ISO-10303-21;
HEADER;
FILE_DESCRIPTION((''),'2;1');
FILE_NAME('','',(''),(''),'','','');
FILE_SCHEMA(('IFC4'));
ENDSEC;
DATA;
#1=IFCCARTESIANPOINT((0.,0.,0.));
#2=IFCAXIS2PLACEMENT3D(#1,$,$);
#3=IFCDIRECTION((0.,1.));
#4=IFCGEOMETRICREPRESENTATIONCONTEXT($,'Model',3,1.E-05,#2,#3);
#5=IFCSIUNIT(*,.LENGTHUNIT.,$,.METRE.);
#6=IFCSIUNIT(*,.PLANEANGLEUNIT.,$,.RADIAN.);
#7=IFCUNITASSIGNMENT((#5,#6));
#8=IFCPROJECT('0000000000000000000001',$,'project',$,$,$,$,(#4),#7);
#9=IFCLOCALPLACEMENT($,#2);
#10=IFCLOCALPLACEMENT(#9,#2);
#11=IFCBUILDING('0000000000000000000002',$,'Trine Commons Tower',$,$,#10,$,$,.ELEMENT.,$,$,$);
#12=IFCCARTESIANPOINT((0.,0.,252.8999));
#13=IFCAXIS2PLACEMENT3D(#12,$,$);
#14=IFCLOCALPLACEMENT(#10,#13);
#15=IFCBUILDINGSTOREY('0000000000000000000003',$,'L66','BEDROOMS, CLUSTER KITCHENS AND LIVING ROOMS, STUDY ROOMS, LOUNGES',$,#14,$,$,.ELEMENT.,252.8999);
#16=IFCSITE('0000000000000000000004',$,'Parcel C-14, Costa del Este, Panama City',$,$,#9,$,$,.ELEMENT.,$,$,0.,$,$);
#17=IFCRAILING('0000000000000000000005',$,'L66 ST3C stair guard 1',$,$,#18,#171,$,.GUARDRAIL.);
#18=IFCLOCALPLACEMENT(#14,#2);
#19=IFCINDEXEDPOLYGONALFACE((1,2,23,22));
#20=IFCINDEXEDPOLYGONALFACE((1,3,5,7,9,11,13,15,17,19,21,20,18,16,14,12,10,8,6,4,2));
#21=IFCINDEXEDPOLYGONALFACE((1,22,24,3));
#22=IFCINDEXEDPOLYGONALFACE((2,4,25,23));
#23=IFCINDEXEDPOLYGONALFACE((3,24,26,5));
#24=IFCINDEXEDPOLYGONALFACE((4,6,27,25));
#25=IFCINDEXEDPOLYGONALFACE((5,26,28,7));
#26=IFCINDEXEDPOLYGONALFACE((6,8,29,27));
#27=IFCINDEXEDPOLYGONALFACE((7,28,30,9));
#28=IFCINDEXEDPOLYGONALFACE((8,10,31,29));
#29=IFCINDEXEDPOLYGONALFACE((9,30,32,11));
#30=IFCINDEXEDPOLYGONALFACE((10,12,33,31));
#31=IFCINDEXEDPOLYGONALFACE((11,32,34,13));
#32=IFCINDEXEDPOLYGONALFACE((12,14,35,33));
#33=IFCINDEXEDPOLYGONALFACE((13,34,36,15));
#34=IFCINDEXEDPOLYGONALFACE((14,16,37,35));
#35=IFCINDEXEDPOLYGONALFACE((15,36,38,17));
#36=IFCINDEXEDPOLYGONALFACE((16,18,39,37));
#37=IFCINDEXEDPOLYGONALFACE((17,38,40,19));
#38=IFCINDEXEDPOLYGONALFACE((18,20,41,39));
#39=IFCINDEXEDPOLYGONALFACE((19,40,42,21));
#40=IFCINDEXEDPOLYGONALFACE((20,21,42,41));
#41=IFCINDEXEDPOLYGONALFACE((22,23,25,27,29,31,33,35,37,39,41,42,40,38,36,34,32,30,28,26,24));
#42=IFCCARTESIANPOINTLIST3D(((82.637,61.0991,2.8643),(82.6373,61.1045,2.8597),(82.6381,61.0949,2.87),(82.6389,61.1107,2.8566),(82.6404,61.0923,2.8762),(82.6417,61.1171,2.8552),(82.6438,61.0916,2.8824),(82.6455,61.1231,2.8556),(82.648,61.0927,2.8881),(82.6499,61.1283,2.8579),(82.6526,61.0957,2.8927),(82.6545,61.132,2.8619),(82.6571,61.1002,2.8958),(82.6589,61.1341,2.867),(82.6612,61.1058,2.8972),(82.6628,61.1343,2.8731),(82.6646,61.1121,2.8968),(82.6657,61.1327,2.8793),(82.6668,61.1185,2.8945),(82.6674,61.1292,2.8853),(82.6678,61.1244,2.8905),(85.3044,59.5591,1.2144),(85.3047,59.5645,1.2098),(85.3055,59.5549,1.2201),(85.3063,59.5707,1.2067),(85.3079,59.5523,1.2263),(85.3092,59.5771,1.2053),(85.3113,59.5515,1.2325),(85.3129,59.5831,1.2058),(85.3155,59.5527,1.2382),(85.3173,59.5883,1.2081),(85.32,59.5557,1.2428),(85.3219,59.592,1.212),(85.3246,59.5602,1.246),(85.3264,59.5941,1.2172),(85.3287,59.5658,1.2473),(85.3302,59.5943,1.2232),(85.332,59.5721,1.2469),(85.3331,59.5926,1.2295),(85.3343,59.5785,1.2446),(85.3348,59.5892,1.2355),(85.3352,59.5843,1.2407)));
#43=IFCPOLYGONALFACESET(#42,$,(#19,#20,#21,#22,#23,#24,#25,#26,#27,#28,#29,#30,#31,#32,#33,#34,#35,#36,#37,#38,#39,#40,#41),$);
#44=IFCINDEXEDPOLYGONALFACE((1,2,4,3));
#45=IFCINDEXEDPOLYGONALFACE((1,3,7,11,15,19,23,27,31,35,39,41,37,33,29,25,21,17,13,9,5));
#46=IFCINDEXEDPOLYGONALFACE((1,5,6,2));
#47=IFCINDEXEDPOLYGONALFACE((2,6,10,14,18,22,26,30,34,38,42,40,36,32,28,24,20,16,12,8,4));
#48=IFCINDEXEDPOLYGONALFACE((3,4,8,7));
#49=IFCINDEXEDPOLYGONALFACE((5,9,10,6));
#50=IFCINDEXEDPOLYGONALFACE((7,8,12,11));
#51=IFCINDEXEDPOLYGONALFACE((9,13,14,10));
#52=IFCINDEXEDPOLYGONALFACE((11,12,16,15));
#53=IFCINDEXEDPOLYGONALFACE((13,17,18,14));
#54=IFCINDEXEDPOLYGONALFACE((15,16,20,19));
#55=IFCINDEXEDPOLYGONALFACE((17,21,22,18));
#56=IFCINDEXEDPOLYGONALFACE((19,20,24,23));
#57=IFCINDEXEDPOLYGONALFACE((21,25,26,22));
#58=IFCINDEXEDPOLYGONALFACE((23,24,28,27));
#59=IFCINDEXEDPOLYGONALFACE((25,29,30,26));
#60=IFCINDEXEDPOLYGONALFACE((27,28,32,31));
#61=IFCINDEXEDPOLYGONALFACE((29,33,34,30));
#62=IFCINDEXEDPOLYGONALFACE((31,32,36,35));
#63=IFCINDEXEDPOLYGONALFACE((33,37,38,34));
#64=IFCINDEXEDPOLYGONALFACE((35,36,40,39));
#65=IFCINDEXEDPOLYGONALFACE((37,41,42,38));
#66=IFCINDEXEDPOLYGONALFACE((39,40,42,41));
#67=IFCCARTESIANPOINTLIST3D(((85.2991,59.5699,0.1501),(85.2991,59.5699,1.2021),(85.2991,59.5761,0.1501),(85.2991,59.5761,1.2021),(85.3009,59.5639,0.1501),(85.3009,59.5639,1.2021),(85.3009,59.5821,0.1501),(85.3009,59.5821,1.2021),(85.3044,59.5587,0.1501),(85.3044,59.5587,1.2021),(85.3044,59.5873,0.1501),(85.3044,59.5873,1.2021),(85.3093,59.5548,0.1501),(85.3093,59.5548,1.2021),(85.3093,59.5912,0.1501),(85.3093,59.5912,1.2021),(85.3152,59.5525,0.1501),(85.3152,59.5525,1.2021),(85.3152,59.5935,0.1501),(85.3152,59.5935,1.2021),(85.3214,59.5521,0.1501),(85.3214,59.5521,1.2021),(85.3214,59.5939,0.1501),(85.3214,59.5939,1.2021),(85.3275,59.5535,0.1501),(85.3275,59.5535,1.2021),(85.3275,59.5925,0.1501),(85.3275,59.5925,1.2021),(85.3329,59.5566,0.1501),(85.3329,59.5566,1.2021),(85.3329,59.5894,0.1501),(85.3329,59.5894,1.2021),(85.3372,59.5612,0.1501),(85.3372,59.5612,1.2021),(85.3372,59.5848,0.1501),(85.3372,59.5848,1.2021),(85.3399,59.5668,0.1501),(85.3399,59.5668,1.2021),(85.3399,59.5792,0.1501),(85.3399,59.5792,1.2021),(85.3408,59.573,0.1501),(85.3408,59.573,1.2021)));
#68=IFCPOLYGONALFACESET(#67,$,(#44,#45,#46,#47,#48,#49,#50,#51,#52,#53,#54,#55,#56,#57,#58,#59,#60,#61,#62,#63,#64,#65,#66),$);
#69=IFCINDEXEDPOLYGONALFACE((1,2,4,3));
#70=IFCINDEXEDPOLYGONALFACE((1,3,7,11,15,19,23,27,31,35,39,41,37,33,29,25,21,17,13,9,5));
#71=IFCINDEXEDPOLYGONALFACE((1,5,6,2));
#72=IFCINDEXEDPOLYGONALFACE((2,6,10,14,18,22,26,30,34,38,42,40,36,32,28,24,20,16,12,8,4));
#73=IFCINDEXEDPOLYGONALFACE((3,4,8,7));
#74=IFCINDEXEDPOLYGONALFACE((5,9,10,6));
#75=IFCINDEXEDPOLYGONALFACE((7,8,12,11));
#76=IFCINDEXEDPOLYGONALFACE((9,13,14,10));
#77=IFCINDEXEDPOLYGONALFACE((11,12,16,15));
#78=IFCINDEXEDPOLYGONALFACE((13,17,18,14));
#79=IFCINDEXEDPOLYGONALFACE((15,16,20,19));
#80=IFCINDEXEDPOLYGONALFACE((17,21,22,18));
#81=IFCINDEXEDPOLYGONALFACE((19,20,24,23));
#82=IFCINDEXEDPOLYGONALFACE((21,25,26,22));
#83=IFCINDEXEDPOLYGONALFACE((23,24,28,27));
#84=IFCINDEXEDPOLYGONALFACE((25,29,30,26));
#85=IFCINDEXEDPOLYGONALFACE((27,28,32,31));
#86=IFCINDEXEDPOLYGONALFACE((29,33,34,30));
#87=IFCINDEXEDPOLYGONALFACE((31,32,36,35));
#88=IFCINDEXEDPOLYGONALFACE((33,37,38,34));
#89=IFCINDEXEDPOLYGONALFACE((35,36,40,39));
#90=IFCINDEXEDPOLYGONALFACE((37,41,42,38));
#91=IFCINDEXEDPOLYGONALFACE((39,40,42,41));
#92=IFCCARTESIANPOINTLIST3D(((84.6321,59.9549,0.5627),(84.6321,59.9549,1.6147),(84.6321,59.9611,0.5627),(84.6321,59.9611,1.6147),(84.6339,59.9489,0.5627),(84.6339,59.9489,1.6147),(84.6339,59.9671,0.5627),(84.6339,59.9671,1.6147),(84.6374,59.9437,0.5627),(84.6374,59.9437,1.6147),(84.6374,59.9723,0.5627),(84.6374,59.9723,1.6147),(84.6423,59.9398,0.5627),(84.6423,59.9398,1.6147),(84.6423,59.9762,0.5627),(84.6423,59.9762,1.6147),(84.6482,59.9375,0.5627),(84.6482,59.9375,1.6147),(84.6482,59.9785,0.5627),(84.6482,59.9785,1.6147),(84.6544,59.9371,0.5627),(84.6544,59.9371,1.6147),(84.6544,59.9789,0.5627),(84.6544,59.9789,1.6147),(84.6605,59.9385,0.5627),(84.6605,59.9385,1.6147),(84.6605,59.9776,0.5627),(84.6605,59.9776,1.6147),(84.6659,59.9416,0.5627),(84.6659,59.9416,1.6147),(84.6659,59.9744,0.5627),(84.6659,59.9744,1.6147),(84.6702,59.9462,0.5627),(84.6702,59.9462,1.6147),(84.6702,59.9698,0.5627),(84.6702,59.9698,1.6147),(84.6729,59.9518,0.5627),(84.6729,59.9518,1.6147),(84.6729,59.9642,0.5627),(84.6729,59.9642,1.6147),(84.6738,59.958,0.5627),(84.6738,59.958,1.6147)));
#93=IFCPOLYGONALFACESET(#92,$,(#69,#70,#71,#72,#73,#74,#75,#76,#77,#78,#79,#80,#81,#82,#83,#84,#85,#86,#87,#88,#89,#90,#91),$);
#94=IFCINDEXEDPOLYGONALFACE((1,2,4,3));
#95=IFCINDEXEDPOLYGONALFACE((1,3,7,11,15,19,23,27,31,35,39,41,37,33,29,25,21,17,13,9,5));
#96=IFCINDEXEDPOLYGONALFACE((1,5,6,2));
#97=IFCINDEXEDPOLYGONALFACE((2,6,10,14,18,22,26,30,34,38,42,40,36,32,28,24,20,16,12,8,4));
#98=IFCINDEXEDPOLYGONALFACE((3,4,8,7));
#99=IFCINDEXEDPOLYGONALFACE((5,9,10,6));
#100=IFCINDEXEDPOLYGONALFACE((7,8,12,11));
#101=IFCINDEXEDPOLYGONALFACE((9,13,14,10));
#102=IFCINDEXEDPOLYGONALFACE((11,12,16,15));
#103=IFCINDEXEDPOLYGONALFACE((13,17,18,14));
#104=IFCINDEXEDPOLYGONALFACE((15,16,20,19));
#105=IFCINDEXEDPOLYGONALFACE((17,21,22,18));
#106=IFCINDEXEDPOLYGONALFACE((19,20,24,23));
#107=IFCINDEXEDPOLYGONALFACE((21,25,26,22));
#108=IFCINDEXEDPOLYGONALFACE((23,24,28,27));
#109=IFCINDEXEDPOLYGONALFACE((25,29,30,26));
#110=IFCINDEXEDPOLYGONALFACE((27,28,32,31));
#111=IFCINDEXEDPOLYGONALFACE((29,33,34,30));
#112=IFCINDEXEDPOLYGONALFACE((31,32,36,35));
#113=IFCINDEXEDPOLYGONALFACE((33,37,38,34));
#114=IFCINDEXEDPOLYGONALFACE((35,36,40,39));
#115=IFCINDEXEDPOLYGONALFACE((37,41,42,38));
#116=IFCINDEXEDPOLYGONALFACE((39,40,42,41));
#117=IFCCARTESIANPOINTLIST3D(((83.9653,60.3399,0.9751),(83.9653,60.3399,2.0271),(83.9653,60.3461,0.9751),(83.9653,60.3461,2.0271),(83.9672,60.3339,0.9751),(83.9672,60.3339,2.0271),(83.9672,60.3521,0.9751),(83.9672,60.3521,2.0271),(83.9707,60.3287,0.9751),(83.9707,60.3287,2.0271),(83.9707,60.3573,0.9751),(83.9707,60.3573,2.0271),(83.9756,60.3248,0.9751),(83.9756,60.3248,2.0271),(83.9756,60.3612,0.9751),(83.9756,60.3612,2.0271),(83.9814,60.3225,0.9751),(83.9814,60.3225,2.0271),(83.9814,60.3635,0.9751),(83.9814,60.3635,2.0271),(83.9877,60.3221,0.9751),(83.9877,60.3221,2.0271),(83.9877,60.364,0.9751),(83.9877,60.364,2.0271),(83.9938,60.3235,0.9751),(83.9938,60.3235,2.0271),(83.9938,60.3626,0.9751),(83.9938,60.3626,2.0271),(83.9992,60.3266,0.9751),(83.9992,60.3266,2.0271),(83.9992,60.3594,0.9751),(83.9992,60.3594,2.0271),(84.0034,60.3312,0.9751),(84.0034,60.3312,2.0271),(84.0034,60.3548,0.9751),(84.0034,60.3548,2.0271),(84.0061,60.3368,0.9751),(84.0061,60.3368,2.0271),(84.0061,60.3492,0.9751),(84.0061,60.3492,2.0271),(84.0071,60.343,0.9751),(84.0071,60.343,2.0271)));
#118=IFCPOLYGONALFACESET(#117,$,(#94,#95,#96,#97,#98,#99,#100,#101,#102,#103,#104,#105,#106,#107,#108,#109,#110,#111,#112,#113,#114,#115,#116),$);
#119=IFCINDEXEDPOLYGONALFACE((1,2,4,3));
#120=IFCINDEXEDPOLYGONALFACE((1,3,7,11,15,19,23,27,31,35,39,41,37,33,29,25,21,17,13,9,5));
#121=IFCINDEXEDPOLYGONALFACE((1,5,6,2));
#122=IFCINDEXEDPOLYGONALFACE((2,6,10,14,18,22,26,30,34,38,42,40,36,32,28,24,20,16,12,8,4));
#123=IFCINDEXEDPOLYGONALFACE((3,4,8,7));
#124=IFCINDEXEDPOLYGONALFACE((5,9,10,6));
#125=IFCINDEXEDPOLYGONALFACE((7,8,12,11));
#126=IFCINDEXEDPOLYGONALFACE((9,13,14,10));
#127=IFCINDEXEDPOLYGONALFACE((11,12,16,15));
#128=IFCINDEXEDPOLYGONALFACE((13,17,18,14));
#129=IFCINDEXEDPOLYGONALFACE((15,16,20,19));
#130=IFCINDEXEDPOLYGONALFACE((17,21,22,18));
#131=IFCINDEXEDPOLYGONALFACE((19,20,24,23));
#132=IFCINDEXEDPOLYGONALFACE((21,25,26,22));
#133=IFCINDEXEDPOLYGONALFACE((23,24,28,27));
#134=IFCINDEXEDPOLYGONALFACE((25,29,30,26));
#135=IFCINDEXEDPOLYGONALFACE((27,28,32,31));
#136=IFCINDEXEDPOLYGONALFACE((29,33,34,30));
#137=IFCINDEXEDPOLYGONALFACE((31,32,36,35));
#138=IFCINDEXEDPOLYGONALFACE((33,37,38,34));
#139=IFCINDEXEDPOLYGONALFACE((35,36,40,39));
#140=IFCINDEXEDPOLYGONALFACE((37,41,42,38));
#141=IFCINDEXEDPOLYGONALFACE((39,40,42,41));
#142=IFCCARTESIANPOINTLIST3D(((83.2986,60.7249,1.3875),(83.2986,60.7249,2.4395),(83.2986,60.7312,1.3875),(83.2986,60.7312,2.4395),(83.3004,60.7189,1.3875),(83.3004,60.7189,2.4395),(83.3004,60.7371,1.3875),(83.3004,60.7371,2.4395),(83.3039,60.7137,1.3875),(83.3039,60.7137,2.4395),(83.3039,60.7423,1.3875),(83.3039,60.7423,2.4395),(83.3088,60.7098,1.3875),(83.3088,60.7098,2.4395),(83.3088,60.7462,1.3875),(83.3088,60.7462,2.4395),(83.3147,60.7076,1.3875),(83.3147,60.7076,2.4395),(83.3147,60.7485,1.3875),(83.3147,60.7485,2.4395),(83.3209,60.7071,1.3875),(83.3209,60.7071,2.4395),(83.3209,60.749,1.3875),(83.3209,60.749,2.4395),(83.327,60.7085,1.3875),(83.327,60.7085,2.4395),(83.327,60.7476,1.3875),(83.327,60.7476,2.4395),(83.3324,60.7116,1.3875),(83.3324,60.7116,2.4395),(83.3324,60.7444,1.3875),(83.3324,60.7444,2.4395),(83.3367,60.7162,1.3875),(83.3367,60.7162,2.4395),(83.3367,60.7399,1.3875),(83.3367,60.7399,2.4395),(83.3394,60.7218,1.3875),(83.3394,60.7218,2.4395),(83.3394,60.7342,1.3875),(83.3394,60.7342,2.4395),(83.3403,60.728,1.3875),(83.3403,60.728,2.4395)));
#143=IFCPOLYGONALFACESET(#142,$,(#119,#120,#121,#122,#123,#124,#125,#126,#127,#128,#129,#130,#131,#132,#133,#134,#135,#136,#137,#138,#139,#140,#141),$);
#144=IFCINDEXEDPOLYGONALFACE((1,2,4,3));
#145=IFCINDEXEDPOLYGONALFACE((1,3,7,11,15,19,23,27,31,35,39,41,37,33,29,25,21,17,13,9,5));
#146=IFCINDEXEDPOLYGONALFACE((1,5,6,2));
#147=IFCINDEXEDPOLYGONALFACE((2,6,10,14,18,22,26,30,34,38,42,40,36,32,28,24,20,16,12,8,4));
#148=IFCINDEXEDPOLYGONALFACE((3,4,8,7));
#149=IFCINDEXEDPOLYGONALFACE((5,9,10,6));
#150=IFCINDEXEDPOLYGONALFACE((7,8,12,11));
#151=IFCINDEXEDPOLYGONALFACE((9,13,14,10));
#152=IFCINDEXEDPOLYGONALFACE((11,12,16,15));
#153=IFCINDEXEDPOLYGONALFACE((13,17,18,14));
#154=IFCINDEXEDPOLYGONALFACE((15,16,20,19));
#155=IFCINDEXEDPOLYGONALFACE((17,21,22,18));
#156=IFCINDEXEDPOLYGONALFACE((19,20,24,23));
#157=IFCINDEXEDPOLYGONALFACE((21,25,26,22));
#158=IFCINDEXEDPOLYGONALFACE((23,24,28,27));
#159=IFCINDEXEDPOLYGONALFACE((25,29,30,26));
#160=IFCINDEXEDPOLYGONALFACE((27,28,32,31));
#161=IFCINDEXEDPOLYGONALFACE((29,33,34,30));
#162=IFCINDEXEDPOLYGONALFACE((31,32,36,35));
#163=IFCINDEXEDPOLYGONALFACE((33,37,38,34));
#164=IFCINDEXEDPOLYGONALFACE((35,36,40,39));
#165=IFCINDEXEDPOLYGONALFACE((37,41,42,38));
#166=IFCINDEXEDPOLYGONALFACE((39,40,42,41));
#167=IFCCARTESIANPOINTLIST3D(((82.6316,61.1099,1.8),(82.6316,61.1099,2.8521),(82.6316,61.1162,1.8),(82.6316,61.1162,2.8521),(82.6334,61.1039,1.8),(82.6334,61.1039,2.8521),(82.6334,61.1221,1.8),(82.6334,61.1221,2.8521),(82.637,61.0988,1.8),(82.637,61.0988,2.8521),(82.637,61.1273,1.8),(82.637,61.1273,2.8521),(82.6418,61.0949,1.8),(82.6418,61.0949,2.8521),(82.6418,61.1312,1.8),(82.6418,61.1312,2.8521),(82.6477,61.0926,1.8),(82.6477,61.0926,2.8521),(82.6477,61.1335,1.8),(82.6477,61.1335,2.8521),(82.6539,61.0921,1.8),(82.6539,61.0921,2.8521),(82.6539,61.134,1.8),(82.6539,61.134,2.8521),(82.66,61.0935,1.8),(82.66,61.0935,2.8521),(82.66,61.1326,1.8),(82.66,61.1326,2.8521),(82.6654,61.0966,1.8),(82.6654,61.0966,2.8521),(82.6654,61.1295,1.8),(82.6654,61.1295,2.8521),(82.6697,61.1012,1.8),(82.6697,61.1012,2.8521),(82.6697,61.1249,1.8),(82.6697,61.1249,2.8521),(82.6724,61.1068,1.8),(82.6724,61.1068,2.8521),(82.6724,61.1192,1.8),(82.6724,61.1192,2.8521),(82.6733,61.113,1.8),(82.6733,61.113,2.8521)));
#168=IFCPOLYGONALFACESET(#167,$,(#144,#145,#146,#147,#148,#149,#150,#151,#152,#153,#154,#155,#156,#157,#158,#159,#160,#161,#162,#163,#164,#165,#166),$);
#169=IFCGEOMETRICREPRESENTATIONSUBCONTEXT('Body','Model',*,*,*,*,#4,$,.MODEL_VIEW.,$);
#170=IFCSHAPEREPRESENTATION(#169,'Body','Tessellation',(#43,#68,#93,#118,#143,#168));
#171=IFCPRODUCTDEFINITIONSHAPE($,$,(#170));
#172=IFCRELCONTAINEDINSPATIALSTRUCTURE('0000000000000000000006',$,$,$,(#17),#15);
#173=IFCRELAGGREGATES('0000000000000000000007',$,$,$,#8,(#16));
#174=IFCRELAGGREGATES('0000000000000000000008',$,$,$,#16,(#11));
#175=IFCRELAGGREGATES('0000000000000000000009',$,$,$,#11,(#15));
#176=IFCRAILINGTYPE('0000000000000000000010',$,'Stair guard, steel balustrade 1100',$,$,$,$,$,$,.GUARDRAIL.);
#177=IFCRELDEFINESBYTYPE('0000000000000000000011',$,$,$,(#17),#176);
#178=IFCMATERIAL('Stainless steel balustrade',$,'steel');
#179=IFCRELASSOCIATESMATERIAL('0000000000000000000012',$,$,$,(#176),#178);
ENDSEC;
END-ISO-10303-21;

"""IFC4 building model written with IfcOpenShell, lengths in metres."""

from ifc_helpers import new_model, si_unit, direction, frame, origin, origin_2d, place, context, subcontext, project, spatial, circle, extrude, material, type_object, element, save


model = new_model("IFC4")

# Units and contexts
model_context = context("Model", 3, precision=1e-05, world=origin(), true_north=direction((0.0, 1.0)))
body_context = subcontext(model_context, "Body", "Model", "MODEL_VIEW")
ifc_project = project(units=[si_unit("LENGTHUNIT", "METRE"), si_unit("PLANEANGLEUNIT", "RADIAN")], contexts=[model_context])

# Site, building, storey
site_placement = place(None, origin())
site = spatial("IfcSite", under=ifc_project, at=site_placement, Name="Parcel C-14, Costa del Este, Panama City", CompositionType="ELEMENT", RefElevation=0.0)
building_placement = place(site_placement, origin())
building = spatial("IfcBuilding", under=site, at=building_placement, Name="Trine Commons Tower", CompositionType="ELEMENT")
storey_placement = place(building_placement, frame((0.0, 0.0, 252.8999)))
storey = spatial("IfcBuildingStorey", under=building, at=storey_placement, Name="L66", Description="BEDROOMS, CLUSTER KITCHENS AND LIVING ROOMS, STUDY ROOMS, LOUNGES", CompositionType="ELEMENT", Elevation=252.8999)

# Railing
ifc_material_1 = material(Name="Stainless steel balustrade", Category="steel")
railing_type_1 = type_object("IfcRailingType", Name="Stair guard, steel balustrade 1100", PredefinedType="GUARDRAIL", material=ifc_material_1)
railing_1_placement = place(storey_placement, frame((85.3198, 59.573, 0.1501)))
element("IfcRailing", 1, at=railing_1_placement, inside=storey, type_object=railing_type_1, Name="L66 ST3C stair guard 1", PredefinedType="GUARDRAIL", context=body_context, shape_type="SweptSolid", body=[
    extrude(circle(Radius=0.0239, at=origin_2d()), frame((0.0, 0.0, 1.0762), z_axis=(-0.763405, 0.440743, 0.472185), x_axis=(-0.499992, -0.86603, 0.0)), (0.0, 0.0, 1.0), 3.4941),
    extrude(circle(Radius=0.021, at=origin_2d()), origin(), (0.0, 0.0, 1.0), 1.052),
    extrude(circle(Radius=0.021, at=origin_2d()), frame((-0.667, 0.385, 0.4126)), (0.0, 0.0, 1.0), 1.052),
    extrude(circle(Radius=0.021, at=origin_2d()), frame((-1.3337, 0.77, 0.825)), (0.0, 0.0, 1.0), 1.052),
    extrude(circle(Radius=0.021, at=origin_2d()), frame((-2.0005, 1.155, 1.2373)), (0.0, 0.0, 1.0), 1.052),
    extrude(circle(Radius=0.021, at=origin_2d()), frame((-2.6675, 1.54, 1.6499)), (0.0, 0.0, 1.0), 1.052),
])

save(model, "model.ifc")
